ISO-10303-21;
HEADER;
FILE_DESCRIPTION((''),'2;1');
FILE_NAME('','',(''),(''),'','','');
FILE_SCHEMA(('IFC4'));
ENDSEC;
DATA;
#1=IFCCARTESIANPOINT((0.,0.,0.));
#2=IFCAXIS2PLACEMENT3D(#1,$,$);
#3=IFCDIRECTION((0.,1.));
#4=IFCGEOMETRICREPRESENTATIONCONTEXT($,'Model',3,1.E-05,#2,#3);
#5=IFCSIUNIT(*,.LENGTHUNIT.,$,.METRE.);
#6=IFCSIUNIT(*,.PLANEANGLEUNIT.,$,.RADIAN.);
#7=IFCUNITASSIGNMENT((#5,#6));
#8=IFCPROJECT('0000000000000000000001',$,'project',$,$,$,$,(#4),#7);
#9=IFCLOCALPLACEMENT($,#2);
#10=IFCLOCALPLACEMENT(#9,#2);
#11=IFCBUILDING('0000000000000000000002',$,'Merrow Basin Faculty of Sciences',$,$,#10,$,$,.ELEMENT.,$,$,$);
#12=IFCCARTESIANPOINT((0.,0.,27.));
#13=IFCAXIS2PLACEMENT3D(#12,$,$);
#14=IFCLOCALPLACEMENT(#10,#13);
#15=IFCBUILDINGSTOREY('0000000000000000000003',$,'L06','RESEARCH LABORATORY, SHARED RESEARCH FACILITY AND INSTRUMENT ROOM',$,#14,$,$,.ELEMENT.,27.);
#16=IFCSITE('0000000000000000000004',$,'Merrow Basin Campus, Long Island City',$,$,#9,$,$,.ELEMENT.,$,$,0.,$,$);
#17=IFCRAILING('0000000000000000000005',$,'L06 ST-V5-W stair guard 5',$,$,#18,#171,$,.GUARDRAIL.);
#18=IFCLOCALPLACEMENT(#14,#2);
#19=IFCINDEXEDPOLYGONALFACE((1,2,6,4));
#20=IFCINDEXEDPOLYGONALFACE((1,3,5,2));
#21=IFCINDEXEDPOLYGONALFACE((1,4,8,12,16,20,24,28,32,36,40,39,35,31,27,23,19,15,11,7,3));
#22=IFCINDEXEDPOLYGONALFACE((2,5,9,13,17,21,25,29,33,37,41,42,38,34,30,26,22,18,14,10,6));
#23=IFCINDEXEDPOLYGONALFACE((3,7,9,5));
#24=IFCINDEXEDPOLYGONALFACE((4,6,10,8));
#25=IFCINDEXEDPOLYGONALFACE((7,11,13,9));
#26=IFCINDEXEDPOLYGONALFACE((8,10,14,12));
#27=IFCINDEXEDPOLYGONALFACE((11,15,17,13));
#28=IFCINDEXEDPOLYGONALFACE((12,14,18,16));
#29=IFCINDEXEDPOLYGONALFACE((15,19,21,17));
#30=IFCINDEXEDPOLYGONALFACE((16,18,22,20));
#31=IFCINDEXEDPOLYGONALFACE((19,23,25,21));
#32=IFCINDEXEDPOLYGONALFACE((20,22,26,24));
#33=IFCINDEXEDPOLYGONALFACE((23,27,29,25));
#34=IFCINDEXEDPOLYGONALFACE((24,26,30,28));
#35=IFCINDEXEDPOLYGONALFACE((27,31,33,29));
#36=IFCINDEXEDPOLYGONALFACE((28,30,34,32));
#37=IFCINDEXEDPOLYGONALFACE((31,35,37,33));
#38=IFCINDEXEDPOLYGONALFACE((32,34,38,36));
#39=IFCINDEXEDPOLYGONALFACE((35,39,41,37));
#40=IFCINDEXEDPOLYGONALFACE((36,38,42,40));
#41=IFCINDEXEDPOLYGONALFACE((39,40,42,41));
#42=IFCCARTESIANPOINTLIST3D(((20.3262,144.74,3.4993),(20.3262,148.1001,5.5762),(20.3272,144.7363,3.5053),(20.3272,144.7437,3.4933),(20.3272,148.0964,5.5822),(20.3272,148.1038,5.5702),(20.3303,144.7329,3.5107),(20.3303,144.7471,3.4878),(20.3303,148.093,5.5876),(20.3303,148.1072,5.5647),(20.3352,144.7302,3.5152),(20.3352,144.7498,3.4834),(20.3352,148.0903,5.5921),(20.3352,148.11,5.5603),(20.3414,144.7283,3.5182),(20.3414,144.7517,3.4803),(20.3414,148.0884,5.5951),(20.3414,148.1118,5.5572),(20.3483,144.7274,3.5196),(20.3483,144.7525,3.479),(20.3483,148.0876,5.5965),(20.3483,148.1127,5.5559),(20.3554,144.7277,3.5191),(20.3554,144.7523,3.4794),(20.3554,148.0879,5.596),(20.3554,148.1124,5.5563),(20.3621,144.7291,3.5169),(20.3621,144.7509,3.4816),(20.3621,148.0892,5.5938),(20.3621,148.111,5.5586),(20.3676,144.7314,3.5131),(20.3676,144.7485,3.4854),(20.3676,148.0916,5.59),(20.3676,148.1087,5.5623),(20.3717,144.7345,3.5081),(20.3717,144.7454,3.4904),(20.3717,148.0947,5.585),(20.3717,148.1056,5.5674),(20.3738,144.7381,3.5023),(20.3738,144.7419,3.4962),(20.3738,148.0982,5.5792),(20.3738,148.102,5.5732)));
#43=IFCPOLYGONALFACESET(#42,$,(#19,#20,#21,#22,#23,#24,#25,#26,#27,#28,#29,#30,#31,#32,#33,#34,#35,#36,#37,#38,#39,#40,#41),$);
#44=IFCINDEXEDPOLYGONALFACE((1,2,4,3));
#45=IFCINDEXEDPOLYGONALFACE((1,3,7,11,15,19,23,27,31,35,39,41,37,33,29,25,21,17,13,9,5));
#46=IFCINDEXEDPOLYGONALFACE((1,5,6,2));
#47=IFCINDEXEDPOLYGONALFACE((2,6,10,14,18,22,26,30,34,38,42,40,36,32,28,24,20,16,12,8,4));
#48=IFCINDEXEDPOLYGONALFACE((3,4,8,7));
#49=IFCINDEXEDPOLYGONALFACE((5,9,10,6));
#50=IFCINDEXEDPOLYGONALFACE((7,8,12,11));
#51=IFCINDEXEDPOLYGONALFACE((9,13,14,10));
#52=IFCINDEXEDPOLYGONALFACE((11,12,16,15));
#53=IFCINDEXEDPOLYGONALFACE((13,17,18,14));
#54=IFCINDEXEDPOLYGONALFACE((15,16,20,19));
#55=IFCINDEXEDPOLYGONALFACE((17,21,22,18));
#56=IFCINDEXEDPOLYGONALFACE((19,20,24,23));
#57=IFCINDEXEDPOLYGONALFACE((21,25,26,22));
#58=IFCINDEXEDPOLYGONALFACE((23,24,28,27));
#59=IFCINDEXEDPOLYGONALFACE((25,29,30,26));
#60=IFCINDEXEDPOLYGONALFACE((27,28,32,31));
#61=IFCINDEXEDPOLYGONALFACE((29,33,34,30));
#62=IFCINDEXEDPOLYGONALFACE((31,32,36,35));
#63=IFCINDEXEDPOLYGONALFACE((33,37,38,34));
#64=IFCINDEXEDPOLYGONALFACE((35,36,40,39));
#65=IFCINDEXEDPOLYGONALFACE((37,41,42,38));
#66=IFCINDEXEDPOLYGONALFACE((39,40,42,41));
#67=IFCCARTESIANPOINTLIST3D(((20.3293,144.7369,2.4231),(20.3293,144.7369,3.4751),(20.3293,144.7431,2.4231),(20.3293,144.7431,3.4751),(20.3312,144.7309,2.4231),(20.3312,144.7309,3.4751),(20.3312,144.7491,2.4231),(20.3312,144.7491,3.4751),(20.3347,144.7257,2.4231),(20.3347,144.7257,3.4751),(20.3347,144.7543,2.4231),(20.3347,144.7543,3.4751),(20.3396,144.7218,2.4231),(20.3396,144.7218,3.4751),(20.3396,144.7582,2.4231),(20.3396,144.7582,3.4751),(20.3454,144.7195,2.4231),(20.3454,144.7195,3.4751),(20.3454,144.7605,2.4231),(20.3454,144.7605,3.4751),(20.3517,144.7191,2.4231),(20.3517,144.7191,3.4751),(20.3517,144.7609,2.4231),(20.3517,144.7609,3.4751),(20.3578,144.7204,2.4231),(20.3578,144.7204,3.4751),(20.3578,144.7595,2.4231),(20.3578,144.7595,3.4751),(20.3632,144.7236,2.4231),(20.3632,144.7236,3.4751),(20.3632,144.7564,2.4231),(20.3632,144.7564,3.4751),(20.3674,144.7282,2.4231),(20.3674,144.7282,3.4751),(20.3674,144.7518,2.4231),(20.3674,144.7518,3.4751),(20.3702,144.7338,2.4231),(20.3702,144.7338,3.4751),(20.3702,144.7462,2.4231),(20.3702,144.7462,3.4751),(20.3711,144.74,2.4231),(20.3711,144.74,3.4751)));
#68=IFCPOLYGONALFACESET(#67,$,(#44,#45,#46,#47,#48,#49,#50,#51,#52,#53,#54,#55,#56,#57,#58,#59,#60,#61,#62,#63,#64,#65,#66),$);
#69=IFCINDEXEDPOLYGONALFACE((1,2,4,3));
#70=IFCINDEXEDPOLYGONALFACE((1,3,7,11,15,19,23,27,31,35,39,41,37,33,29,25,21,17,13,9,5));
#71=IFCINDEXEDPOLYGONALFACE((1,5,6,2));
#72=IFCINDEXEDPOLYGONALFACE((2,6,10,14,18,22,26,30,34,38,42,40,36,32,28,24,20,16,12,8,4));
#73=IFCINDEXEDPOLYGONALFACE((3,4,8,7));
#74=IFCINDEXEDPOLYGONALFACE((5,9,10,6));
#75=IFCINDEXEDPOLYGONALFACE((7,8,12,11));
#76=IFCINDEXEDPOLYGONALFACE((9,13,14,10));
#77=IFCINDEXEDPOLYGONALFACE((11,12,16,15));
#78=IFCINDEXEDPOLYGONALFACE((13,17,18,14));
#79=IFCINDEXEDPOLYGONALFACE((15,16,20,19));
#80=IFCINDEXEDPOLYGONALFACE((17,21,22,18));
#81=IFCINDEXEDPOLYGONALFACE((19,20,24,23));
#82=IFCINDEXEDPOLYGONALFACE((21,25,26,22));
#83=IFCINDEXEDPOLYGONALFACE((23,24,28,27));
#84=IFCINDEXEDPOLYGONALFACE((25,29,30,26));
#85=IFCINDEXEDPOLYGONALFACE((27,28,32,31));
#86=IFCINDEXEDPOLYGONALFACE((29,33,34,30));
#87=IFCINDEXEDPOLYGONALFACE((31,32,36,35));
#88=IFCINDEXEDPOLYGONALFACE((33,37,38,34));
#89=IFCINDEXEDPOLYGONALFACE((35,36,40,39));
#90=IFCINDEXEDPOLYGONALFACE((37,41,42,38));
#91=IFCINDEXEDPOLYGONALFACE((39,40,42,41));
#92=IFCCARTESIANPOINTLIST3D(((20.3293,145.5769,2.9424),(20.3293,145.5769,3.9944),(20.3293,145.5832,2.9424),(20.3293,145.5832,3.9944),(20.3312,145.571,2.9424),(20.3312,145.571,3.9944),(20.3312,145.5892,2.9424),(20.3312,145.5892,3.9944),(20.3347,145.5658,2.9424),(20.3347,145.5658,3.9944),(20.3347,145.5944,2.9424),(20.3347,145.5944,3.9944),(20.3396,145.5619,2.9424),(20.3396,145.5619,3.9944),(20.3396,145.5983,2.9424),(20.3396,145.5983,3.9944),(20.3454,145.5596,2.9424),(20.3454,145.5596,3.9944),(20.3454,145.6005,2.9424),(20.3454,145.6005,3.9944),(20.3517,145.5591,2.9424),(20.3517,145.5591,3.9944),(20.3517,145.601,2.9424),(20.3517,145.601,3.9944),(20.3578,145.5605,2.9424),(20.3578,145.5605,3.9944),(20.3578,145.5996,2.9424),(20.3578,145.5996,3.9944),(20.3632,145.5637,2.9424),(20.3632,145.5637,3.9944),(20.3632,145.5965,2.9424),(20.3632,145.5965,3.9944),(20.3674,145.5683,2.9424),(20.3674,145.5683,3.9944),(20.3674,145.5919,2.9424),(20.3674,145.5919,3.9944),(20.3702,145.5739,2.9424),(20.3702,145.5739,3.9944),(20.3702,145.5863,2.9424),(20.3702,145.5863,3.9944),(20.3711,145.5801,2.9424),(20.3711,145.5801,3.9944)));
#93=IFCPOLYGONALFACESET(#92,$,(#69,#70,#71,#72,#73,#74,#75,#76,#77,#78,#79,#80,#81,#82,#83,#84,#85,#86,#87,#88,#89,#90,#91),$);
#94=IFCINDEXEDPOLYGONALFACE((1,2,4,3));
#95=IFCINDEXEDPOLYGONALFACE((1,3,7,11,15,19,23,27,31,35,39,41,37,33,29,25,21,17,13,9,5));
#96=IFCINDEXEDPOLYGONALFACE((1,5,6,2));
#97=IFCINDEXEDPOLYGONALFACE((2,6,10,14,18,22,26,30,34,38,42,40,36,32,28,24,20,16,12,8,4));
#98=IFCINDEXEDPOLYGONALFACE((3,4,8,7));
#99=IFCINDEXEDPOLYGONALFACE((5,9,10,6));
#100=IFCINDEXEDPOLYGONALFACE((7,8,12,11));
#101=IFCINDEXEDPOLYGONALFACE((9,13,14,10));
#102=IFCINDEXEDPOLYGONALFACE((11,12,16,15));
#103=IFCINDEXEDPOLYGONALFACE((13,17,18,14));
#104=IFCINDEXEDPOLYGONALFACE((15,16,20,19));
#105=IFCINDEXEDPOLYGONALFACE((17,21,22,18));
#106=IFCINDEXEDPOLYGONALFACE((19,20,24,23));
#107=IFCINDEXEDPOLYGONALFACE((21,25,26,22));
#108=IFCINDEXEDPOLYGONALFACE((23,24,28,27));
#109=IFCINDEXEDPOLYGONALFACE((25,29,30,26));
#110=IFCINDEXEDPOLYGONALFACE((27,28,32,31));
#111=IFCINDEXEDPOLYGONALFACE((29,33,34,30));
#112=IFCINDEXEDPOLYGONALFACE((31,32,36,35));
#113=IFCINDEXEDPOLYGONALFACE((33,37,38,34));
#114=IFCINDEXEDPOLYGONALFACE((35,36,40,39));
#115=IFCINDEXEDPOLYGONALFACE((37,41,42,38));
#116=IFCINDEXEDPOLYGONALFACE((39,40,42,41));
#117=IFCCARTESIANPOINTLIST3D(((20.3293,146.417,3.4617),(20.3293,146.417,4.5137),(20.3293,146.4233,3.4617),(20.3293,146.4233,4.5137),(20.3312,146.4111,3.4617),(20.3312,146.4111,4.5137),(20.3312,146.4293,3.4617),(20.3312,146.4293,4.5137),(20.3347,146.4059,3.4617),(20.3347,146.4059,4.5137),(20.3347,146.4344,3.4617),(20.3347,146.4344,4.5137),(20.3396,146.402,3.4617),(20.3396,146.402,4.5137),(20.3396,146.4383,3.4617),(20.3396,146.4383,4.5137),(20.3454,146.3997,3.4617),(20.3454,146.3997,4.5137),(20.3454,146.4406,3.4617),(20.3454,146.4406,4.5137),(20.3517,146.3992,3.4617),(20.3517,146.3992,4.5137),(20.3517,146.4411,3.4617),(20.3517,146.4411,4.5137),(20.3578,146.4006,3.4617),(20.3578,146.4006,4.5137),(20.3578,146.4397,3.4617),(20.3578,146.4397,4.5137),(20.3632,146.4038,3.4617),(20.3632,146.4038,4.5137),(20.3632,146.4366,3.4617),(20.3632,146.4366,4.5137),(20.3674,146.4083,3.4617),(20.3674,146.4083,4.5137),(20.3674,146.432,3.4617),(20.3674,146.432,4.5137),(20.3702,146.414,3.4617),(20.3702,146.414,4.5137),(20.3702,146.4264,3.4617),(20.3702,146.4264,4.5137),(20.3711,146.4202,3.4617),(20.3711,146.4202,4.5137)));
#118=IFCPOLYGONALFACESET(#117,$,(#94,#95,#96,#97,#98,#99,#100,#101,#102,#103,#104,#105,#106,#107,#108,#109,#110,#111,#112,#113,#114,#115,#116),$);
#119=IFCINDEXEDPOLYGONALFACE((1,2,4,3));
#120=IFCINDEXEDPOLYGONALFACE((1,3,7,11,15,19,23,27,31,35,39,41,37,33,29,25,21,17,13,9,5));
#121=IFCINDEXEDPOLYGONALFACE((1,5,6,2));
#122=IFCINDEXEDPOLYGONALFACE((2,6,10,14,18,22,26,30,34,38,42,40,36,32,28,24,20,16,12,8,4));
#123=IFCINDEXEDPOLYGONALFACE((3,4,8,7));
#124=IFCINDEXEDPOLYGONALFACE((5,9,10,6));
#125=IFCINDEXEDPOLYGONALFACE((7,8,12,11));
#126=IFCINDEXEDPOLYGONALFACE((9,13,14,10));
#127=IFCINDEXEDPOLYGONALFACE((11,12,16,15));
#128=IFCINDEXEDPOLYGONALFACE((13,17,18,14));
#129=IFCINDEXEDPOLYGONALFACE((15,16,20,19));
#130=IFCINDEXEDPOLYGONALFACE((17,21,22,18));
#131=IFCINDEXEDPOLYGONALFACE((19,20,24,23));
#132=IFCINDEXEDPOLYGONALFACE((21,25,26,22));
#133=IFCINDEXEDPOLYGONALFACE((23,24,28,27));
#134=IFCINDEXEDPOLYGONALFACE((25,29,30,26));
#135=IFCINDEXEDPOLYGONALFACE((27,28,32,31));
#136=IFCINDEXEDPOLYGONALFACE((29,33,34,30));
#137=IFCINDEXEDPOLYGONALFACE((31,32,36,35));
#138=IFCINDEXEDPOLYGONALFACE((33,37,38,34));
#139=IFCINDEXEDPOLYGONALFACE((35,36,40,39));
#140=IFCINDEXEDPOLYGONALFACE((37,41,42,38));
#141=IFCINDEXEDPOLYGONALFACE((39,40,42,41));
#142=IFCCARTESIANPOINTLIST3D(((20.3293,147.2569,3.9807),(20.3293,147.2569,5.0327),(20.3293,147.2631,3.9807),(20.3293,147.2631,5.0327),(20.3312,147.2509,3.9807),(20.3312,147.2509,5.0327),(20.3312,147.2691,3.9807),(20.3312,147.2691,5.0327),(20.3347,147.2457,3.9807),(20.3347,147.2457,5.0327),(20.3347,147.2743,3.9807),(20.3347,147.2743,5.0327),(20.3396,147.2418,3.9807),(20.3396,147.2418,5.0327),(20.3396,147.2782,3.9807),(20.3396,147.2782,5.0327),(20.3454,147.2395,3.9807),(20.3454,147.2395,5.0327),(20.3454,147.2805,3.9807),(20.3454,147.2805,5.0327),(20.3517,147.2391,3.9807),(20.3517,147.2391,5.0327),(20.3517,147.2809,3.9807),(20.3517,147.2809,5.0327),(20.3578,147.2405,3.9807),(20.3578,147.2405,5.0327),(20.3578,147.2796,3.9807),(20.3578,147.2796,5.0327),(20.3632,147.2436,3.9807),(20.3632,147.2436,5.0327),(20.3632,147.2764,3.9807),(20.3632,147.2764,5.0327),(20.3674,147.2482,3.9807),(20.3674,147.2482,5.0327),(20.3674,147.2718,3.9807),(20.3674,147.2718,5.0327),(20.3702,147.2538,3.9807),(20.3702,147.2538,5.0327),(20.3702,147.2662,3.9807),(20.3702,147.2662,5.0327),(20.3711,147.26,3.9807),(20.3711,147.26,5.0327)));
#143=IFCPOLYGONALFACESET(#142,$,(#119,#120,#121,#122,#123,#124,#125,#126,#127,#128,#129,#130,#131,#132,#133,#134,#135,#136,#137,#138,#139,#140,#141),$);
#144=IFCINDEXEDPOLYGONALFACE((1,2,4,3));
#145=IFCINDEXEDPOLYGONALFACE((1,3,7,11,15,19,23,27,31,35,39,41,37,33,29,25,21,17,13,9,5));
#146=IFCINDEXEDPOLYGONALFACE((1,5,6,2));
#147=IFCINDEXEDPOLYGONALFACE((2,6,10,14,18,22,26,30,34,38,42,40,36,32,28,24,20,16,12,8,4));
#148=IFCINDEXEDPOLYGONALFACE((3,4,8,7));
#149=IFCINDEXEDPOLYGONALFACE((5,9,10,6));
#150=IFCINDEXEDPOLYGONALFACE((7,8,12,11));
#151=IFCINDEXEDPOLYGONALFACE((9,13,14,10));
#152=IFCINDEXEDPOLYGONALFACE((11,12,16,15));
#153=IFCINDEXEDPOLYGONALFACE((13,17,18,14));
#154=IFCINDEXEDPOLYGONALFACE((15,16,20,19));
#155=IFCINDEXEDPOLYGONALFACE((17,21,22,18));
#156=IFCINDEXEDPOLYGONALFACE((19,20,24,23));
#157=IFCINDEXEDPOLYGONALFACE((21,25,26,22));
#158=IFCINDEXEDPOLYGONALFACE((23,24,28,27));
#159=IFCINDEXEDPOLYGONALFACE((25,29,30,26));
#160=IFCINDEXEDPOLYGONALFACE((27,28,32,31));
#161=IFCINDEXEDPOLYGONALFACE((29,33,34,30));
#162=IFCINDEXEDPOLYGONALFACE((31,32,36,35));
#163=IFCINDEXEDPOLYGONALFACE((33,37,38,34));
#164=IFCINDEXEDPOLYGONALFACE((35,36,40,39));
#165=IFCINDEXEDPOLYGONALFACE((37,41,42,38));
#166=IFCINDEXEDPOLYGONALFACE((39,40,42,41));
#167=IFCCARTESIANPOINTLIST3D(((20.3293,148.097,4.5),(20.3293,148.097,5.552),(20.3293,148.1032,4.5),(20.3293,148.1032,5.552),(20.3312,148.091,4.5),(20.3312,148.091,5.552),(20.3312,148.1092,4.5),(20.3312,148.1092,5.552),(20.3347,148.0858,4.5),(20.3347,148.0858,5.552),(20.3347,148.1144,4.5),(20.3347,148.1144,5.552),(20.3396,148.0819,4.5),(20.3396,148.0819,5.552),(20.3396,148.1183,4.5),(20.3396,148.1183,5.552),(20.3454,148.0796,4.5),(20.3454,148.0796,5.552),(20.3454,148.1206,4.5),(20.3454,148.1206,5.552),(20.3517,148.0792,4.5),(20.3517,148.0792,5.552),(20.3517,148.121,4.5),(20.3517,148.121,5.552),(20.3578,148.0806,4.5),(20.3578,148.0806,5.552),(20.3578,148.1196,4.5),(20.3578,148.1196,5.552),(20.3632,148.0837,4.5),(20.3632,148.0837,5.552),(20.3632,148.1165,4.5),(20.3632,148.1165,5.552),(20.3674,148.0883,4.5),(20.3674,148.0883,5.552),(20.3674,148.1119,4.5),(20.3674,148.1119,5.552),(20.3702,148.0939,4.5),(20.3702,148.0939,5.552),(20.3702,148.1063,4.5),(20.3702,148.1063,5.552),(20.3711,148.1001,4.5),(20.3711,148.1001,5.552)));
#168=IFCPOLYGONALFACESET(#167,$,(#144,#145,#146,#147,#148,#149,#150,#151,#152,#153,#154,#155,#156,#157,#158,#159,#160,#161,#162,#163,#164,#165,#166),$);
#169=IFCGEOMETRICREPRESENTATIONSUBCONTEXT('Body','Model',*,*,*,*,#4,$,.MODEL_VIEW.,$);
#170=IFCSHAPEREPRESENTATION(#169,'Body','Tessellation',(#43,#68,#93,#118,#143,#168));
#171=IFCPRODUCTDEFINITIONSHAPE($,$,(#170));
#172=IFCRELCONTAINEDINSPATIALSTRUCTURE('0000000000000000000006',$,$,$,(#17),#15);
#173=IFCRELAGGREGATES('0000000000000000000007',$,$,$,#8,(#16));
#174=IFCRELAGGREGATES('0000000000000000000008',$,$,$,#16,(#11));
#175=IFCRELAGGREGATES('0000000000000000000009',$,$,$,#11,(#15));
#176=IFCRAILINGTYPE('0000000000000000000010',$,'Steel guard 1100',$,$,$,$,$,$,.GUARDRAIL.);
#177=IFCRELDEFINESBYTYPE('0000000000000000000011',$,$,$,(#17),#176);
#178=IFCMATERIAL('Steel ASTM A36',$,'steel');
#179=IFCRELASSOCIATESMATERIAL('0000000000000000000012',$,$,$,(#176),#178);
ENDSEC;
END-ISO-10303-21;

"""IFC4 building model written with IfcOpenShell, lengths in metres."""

from ifc_helpers import new_model, si_unit, direction, frame, origin, origin_2d, place, context, subcontext, project, spatial, circle, extrude, material, type_object, element, save


model = new_model("IFC4")

# Units and contexts
model_context = context("Model", 3, precision=1e-05, world=origin(), true_north=direction((0.0, 1.0)))
body_context = subcontext(model_context, "Body", "Model", "MODEL_VIEW")
ifc_project = project(units=[si_unit("LENGTHUNIT", "METRE"), si_unit("PLANEANGLEUNIT", "RADIAN")], contexts=[model_context])

# Site, building, storey
site_placement = place(None, origin())
site = spatial("IfcSite", under=ifc_project, at=site_placement, Name="Merrow Basin Campus, Long Island City", CompositionType="ELEMENT", RefElevation=0.0)
building_placement = place(site_placement, origin())
building = spatial("IfcBuilding", under=site, at=building_placement, Name="Merrow Basin Faculty of Sciences", CompositionType="ELEMENT")
storey_placement = place(building_placement, frame((0.0, 0.0, 27.0)))
storey = spatial("IfcBuildingStorey", under=building, at=storey_placement, Name="L06", Description="RESEARCH LABORATORY, SHARED RESEARCH FACILITY AND INSTRUMENT ROOM", CompositionType="ELEMENT", Elevation=27.0)

# Railing
ifc_material_1 = material(Name="Steel ASTM A36", Category="steel")
railing_type_1 = type_object("IfcRailingType", Name="Steel guard 1100", PredefinedType="GUARDRAIL", material=ifc_material_1)
railing_1_placement = place(storey_placement, frame((20.3501, 144.74, 2.4231)))
element("IfcRailing", 1, at=railing_1_placement, inside=storey, type_object=railing_type_1, Name="L06 ST-V5-W stair guard 5", PredefinedType="GUARDRAIL", context=body_context, shape_type="SweptSolid", body=[
    extrude(circle(Radius=0.0239, at=origin_2d()), frame((0.0, 0.0, 1.0762), z_axis=(0.0, 0.850623, 0.525776), x_axis=(-1.0, 0.0, 0.0)), (0.0, 0.0, 1.0), 3.9502),
    extrude(circle(Radius=0.021, at=origin_2d()), origin(), (0.0, 0.0, 1.0), 1.052),
    extrude(circle(Radius=0.021, at=origin_2d()), frame((0.0, 0.8401, 0.5193)), (0.0, 0.0, 1.0), 1.052),
    extrude(circle(Radius=0.021, at=origin_2d()), frame((0.0, 1.6802, 1.0386)), (0.0, 0.0, 1.0), 1.052),
    extrude(circle(Radius=0.021, at=origin_2d()), frame((0.0, 2.52, 1.5576)), (0.0, 0.0, 1.0), 1.052),
    extrude(circle(Radius=0.021, at=origin_2d()), frame((0.0, 3.3601, 2.0769)), (0.0, 0.0, 1.0), 1.052),
])

save(model, "model.ifc")
